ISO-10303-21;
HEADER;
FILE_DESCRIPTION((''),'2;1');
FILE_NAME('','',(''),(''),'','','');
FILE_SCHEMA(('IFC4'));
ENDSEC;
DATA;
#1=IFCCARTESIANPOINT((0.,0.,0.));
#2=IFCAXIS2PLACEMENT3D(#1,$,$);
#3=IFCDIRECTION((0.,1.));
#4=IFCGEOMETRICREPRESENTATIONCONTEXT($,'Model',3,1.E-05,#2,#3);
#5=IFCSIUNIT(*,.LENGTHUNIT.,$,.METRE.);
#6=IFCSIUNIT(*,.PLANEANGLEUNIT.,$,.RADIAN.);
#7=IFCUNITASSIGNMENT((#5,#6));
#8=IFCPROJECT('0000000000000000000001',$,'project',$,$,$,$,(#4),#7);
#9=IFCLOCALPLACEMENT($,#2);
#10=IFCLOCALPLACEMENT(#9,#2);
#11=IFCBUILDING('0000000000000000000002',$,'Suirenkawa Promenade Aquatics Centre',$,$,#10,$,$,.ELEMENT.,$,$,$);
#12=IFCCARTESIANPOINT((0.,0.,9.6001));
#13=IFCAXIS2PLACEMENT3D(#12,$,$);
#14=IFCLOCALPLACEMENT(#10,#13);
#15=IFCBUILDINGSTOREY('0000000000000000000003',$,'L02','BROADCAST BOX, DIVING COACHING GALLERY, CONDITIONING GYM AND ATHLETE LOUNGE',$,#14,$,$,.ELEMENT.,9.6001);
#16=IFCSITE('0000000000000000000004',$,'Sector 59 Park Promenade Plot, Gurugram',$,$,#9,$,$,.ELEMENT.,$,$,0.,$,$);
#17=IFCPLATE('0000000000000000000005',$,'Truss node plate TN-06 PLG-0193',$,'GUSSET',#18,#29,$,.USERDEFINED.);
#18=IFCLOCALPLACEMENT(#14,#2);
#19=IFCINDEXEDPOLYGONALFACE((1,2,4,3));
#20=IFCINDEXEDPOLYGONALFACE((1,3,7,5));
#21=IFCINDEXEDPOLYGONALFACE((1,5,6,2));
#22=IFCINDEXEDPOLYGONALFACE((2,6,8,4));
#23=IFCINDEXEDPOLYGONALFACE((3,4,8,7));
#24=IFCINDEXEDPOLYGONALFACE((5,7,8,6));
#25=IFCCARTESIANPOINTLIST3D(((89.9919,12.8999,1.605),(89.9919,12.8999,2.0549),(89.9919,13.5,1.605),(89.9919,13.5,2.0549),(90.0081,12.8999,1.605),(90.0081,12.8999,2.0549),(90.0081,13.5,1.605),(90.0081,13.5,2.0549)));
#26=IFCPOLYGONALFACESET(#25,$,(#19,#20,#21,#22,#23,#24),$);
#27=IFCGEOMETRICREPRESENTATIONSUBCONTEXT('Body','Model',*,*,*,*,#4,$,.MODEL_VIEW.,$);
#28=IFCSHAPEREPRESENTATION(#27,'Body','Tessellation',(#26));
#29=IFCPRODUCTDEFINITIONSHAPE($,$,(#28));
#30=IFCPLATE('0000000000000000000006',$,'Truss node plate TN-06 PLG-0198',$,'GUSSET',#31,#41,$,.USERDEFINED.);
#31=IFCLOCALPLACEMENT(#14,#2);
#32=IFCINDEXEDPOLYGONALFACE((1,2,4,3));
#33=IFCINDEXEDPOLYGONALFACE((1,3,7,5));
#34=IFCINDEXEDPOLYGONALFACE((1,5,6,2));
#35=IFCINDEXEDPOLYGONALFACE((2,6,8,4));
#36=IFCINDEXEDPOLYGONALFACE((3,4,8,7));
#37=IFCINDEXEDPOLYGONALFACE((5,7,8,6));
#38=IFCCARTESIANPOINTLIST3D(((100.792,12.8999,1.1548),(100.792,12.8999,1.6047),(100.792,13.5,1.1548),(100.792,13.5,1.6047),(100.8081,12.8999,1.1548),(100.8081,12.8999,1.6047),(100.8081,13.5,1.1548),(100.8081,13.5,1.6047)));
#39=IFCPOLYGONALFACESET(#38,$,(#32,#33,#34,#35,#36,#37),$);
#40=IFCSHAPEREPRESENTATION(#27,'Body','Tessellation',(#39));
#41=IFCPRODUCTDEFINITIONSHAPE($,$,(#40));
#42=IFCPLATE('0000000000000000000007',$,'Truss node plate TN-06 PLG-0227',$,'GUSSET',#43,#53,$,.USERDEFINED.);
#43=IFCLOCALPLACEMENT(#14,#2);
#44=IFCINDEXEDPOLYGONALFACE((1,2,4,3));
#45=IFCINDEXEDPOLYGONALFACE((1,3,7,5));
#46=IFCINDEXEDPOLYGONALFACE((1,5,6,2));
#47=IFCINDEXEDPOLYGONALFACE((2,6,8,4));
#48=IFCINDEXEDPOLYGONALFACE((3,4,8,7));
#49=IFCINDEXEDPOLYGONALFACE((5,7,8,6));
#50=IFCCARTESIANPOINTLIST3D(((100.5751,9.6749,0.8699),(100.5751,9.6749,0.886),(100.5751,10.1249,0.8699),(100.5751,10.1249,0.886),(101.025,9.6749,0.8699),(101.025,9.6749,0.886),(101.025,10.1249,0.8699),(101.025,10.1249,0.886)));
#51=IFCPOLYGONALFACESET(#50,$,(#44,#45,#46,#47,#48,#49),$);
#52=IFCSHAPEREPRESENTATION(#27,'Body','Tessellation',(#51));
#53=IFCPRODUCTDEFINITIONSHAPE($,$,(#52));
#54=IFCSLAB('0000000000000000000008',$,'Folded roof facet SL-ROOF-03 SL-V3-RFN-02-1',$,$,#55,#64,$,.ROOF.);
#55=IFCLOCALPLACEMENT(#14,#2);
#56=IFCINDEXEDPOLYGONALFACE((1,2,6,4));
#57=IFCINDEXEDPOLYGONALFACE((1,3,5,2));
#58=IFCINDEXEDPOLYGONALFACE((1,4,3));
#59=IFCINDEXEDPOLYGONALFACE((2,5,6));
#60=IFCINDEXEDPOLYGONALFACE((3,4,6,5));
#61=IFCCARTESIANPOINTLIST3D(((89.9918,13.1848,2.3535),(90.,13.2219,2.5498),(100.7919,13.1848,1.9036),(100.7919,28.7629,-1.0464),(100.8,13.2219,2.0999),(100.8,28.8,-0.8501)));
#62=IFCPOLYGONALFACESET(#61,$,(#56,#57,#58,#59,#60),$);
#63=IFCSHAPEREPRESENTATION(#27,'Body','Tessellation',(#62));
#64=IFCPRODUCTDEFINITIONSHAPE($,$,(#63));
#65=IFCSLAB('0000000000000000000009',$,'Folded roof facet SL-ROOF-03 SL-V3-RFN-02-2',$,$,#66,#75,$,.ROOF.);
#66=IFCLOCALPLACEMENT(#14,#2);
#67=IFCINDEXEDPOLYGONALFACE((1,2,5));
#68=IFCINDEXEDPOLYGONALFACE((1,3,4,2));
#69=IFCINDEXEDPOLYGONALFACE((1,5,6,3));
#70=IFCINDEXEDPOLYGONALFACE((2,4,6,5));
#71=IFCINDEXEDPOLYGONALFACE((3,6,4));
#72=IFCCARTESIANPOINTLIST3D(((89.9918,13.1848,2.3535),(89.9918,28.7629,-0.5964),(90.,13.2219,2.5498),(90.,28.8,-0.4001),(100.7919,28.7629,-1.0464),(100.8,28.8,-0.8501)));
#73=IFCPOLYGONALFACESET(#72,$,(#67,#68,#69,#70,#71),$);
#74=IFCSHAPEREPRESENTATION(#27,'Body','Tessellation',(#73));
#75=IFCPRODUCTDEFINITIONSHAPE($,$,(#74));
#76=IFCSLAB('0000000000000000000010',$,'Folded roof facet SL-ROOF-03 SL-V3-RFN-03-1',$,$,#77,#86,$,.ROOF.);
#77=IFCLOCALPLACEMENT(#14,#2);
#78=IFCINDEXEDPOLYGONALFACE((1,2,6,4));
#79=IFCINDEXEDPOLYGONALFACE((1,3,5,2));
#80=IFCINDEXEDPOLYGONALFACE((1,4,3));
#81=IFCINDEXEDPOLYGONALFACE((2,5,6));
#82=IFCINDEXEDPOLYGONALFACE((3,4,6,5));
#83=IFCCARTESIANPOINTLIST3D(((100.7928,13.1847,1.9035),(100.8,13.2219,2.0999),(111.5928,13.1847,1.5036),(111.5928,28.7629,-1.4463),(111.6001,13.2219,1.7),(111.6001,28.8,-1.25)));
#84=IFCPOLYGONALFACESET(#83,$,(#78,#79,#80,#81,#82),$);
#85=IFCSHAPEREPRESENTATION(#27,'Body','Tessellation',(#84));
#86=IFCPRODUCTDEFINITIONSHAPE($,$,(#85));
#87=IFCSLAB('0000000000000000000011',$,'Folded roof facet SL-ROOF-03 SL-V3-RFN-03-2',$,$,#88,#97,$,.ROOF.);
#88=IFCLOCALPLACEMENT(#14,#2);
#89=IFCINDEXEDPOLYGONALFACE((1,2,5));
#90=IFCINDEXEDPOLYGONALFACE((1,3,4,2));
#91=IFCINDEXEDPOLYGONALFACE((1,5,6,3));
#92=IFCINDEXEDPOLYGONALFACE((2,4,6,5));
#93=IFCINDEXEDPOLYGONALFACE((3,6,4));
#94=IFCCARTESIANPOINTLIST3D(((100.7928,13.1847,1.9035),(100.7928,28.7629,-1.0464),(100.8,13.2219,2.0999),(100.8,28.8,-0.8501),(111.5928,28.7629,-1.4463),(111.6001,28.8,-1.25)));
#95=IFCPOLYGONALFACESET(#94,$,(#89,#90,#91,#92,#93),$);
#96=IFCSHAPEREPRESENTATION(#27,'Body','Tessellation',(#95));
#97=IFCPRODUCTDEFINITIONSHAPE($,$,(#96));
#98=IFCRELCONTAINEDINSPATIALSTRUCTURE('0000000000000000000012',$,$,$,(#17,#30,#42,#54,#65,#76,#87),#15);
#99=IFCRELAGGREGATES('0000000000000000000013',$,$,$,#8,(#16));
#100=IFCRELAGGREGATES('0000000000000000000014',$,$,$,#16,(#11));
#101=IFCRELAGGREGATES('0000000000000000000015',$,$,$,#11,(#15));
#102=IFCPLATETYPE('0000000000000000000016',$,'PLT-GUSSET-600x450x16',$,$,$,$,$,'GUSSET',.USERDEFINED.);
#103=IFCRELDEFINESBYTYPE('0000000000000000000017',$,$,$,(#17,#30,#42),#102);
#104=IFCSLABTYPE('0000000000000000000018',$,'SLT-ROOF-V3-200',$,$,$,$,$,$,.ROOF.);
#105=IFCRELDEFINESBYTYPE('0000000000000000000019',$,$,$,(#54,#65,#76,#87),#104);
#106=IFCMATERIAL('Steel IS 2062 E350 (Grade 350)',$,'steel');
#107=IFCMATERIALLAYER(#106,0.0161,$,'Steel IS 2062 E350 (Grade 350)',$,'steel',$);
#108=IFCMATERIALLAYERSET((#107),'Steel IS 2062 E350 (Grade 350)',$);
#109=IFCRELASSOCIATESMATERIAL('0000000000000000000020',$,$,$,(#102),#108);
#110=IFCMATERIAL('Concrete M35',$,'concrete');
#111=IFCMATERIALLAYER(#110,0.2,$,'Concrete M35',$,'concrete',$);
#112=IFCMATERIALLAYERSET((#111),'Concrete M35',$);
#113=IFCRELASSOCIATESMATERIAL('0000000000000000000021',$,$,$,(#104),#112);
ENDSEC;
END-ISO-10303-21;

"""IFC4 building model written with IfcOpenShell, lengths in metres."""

from ifc_helpers import new_model, si_unit, direction, frame, origin, origin_2d, place, context, subcontext, project, spatial, polyline, rectangle, outline, extrude, material, layer, layer_set, type_object, element, save


model = new_model("IFC4")

# Units and contexts
model_context = context("Model", 3, precision=1e-05, world=origin(), true_north=direction((0.0, 1.0)))
body_context = subcontext(model_context, "Body", "Model", "MODEL_VIEW")
ifc_project = project(units=[si_unit("LENGTHUNIT", "METRE"), si_unit("PLANEANGLEUNIT", "RADIAN")], contexts=[model_context])

# Site, building, storey
site_placement = place(None, origin())
site = spatial("IfcSite", under=ifc_project, at=site_placement, Name="Sector 59 Park Promenade Plot, Gurugram", CompositionType="ELEMENT", RefElevation=0.0)
building_placement = place(site_placement, origin())
building = spatial("IfcBuilding", under=site, at=building_placement, Name="Suirenkawa Promenade Aquatics Centre", CompositionType="ELEMENT")
storey_placement = place(building_placement, frame((0.0, 0.0, 9.6001)))
storey = spatial("IfcBuildingStorey", under=building, at=storey_placement, Name="L02", Description="BROADCAST BOX, DIVING COACHING GALLERY, CONDITIONING GYM AND ATHLETE LOUNGE", CompositionType="ELEMENT", Elevation=9.6001)

# Shared definitions
ifc_material_1 = material(Name="Steel IS 2062 E350 (Grade 350)", Category="steel")

# Plates
ifc_layer_1 = layer(ifc_material_1, 0.0161, Name="Steel IS 2062 E350 (Grade 350)", Category="steel")
ifc_layer_set_1 = layer_set([ifc_layer_1], Name="Steel IS 2062 E350 (Grade 350)")
plate_type = type_object("IfcPlateType", Name="PLT-GUSSET-600x450x16", ElementType="GUSSET", PredefinedType="USERDEFINED", material=ifc_layer_set_1)
for number, where, z_axis, x_axis, name in (
    (1, (90.0, 13.2, 1.605), (0.0, 0.0, 1.0), (0.0, 1.0, 0.0), "Truss node plate TN-06 PLG-0193"),
    (2, (100.8, 13.2, 1.1548), (0.0, 0.0, 1.0), (0.0, 1.0, 0.0), "Truss node plate TN-06 PLG-0198"),
):
    element("IfcPlate", number, at=place(storey_placement, frame(where, z_axis=z_axis, x_axis=x_axis)), inside=storey, type_object=plate_type, Name=name, ObjectType="GUSSET", PredefinedType="USERDEFINED", context=body_context, shape_type="SweptSolid", body=[
        extrude(rectangle(XDim=0.6001, YDim=0.0161, at=origin_2d()), origin(), (0.0, 0.0, 1.0), 0.45),
    ])
plate_placement = place(storey_placement, frame((100.8, 9.8999, 0.8699), z_axis=(0.0, 0.0, 1.0), x_axis=(1.0, 0.0, 0.0)))
element("IfcPlate", 3, at=plate_placement, inside=storey, type_object=plate_type, Name="Truss node plate TN-06 PLG-0227", ObjectType="GUSSET", PredefinedType="USERDEFINED", context=body_context, shape_type="SweptSolid", body=[
    extrude(rectangle(XDim=0.45, YDim=0.45, at=origin_2d()), origin(), (0.0, 0.0, 1.0), 0.0161),
])

# Slabs
ifc_material_2 = material(Name="Concrete M35", Category="concrete")
ifc_layer_2 = layer(ifc_material_2, 0.2, Name="Concrete M35", Category="concrete")
ifc_layer_set_2 = layer_set([ifc_layer_2], Name="Concrete M35")
slab_type = type_object("IfcSlabType", Name="SLT-ROOF-V3-200", PredefinedType="ROOF", material=ifc_layer_set_2)
slab_1_placement = place(storey_placement, frame((90.0, 13.2219, 2.5498), z_axis=(0.0409, 0.185903, 0.981717), x_axis=(0.999133, 0.0, -0.041626)))
element("IfcSlab", 4, at=slab_1_placement, inside=storey, type_object=slab_type, Name="Folded roof facet SL-ROOF-03 SL-V3-RFN-02-1", PredefinedType="ROOF", context=body_context, shape_type="SweptSolid", body=[
    extrude(outline(polyline([(0.0, 0.0), (10.8094, 0.0), (10.9322, 15.8545), (0.0, 0.0)])), origin(), (0.0, 0.0, -1.0), 0.2),
])
slab_2_placement = place(storey_placement, frame((90.0, 13.2219, 2.5498), z_axis=(0.0409, 0.185903, 0.981717), x_axis=(0.560803, 0.808909, -0.176543)))
element("IfcSlab", 5, at=slab_2_placement, inside=storey, type_object=slab_type, Name="Folded roof facet SL-ROOF-03 SL-V3-RFN-02-2", PredefinedType="ROOF", context=body_context, shape_type="SweptSolid", body=[
    extrude(outline(polyline([(0.0, 0.0), (19.2582, 0.0), (13.1221, 8.899), (0.0, 0.0)])), origin(), (0.0, 0.0, -1.0), 0.2),
])
slab_3_placement = place(storey_placement, frame((100.8, 13.2219, 2.0999), z_axis=(0.036357, 0.185935, 0.981889), x_axis=(0.999315, 0.0, -0.037002)))
element("IfcSlab", 6, at=slab_3_placement, inside=storey, type_object=slab_type, Name="Folded roof facet SL-ROOF-03 SL-V3-RFN-03-1", PredefinedType="ROOF", context=body_context, shape_type="SweptSolid", body=[
    extrude(outline(polyline([(0.0, 0.0), (10.8075, 0.0), (10.9166, 15.8546), (0.0, 0.0)])), origin(), (0.0, 0.0, -1.0), 0.2),
])
slab_4_placement = place(storey_placement, frame((100.8, 13.2219, 2.0999), z_axis=(0.036357, 0.185935, 0.981889), x_axis=(0.561058, 0.809277, -0.174024)))
element("IfcSlab", 7, at=slab_4_placement, inside=storey, type_object=slab_type, Name="Folded roof facet SL-ROOF-03 SL-V3-RFN-03-2", PredefinedType="ROOF", context=body_context, shape_type="SweptSolid", body=[
    extrude(outline(polyline([(0.0, 0.0), (19.2494, 0.0), (13.1204, 8.9014), (0.0, 0.0)])), origin(), (0.0, 0.0, -1.0), 0.2),
])

save(model, "model.ifc")
